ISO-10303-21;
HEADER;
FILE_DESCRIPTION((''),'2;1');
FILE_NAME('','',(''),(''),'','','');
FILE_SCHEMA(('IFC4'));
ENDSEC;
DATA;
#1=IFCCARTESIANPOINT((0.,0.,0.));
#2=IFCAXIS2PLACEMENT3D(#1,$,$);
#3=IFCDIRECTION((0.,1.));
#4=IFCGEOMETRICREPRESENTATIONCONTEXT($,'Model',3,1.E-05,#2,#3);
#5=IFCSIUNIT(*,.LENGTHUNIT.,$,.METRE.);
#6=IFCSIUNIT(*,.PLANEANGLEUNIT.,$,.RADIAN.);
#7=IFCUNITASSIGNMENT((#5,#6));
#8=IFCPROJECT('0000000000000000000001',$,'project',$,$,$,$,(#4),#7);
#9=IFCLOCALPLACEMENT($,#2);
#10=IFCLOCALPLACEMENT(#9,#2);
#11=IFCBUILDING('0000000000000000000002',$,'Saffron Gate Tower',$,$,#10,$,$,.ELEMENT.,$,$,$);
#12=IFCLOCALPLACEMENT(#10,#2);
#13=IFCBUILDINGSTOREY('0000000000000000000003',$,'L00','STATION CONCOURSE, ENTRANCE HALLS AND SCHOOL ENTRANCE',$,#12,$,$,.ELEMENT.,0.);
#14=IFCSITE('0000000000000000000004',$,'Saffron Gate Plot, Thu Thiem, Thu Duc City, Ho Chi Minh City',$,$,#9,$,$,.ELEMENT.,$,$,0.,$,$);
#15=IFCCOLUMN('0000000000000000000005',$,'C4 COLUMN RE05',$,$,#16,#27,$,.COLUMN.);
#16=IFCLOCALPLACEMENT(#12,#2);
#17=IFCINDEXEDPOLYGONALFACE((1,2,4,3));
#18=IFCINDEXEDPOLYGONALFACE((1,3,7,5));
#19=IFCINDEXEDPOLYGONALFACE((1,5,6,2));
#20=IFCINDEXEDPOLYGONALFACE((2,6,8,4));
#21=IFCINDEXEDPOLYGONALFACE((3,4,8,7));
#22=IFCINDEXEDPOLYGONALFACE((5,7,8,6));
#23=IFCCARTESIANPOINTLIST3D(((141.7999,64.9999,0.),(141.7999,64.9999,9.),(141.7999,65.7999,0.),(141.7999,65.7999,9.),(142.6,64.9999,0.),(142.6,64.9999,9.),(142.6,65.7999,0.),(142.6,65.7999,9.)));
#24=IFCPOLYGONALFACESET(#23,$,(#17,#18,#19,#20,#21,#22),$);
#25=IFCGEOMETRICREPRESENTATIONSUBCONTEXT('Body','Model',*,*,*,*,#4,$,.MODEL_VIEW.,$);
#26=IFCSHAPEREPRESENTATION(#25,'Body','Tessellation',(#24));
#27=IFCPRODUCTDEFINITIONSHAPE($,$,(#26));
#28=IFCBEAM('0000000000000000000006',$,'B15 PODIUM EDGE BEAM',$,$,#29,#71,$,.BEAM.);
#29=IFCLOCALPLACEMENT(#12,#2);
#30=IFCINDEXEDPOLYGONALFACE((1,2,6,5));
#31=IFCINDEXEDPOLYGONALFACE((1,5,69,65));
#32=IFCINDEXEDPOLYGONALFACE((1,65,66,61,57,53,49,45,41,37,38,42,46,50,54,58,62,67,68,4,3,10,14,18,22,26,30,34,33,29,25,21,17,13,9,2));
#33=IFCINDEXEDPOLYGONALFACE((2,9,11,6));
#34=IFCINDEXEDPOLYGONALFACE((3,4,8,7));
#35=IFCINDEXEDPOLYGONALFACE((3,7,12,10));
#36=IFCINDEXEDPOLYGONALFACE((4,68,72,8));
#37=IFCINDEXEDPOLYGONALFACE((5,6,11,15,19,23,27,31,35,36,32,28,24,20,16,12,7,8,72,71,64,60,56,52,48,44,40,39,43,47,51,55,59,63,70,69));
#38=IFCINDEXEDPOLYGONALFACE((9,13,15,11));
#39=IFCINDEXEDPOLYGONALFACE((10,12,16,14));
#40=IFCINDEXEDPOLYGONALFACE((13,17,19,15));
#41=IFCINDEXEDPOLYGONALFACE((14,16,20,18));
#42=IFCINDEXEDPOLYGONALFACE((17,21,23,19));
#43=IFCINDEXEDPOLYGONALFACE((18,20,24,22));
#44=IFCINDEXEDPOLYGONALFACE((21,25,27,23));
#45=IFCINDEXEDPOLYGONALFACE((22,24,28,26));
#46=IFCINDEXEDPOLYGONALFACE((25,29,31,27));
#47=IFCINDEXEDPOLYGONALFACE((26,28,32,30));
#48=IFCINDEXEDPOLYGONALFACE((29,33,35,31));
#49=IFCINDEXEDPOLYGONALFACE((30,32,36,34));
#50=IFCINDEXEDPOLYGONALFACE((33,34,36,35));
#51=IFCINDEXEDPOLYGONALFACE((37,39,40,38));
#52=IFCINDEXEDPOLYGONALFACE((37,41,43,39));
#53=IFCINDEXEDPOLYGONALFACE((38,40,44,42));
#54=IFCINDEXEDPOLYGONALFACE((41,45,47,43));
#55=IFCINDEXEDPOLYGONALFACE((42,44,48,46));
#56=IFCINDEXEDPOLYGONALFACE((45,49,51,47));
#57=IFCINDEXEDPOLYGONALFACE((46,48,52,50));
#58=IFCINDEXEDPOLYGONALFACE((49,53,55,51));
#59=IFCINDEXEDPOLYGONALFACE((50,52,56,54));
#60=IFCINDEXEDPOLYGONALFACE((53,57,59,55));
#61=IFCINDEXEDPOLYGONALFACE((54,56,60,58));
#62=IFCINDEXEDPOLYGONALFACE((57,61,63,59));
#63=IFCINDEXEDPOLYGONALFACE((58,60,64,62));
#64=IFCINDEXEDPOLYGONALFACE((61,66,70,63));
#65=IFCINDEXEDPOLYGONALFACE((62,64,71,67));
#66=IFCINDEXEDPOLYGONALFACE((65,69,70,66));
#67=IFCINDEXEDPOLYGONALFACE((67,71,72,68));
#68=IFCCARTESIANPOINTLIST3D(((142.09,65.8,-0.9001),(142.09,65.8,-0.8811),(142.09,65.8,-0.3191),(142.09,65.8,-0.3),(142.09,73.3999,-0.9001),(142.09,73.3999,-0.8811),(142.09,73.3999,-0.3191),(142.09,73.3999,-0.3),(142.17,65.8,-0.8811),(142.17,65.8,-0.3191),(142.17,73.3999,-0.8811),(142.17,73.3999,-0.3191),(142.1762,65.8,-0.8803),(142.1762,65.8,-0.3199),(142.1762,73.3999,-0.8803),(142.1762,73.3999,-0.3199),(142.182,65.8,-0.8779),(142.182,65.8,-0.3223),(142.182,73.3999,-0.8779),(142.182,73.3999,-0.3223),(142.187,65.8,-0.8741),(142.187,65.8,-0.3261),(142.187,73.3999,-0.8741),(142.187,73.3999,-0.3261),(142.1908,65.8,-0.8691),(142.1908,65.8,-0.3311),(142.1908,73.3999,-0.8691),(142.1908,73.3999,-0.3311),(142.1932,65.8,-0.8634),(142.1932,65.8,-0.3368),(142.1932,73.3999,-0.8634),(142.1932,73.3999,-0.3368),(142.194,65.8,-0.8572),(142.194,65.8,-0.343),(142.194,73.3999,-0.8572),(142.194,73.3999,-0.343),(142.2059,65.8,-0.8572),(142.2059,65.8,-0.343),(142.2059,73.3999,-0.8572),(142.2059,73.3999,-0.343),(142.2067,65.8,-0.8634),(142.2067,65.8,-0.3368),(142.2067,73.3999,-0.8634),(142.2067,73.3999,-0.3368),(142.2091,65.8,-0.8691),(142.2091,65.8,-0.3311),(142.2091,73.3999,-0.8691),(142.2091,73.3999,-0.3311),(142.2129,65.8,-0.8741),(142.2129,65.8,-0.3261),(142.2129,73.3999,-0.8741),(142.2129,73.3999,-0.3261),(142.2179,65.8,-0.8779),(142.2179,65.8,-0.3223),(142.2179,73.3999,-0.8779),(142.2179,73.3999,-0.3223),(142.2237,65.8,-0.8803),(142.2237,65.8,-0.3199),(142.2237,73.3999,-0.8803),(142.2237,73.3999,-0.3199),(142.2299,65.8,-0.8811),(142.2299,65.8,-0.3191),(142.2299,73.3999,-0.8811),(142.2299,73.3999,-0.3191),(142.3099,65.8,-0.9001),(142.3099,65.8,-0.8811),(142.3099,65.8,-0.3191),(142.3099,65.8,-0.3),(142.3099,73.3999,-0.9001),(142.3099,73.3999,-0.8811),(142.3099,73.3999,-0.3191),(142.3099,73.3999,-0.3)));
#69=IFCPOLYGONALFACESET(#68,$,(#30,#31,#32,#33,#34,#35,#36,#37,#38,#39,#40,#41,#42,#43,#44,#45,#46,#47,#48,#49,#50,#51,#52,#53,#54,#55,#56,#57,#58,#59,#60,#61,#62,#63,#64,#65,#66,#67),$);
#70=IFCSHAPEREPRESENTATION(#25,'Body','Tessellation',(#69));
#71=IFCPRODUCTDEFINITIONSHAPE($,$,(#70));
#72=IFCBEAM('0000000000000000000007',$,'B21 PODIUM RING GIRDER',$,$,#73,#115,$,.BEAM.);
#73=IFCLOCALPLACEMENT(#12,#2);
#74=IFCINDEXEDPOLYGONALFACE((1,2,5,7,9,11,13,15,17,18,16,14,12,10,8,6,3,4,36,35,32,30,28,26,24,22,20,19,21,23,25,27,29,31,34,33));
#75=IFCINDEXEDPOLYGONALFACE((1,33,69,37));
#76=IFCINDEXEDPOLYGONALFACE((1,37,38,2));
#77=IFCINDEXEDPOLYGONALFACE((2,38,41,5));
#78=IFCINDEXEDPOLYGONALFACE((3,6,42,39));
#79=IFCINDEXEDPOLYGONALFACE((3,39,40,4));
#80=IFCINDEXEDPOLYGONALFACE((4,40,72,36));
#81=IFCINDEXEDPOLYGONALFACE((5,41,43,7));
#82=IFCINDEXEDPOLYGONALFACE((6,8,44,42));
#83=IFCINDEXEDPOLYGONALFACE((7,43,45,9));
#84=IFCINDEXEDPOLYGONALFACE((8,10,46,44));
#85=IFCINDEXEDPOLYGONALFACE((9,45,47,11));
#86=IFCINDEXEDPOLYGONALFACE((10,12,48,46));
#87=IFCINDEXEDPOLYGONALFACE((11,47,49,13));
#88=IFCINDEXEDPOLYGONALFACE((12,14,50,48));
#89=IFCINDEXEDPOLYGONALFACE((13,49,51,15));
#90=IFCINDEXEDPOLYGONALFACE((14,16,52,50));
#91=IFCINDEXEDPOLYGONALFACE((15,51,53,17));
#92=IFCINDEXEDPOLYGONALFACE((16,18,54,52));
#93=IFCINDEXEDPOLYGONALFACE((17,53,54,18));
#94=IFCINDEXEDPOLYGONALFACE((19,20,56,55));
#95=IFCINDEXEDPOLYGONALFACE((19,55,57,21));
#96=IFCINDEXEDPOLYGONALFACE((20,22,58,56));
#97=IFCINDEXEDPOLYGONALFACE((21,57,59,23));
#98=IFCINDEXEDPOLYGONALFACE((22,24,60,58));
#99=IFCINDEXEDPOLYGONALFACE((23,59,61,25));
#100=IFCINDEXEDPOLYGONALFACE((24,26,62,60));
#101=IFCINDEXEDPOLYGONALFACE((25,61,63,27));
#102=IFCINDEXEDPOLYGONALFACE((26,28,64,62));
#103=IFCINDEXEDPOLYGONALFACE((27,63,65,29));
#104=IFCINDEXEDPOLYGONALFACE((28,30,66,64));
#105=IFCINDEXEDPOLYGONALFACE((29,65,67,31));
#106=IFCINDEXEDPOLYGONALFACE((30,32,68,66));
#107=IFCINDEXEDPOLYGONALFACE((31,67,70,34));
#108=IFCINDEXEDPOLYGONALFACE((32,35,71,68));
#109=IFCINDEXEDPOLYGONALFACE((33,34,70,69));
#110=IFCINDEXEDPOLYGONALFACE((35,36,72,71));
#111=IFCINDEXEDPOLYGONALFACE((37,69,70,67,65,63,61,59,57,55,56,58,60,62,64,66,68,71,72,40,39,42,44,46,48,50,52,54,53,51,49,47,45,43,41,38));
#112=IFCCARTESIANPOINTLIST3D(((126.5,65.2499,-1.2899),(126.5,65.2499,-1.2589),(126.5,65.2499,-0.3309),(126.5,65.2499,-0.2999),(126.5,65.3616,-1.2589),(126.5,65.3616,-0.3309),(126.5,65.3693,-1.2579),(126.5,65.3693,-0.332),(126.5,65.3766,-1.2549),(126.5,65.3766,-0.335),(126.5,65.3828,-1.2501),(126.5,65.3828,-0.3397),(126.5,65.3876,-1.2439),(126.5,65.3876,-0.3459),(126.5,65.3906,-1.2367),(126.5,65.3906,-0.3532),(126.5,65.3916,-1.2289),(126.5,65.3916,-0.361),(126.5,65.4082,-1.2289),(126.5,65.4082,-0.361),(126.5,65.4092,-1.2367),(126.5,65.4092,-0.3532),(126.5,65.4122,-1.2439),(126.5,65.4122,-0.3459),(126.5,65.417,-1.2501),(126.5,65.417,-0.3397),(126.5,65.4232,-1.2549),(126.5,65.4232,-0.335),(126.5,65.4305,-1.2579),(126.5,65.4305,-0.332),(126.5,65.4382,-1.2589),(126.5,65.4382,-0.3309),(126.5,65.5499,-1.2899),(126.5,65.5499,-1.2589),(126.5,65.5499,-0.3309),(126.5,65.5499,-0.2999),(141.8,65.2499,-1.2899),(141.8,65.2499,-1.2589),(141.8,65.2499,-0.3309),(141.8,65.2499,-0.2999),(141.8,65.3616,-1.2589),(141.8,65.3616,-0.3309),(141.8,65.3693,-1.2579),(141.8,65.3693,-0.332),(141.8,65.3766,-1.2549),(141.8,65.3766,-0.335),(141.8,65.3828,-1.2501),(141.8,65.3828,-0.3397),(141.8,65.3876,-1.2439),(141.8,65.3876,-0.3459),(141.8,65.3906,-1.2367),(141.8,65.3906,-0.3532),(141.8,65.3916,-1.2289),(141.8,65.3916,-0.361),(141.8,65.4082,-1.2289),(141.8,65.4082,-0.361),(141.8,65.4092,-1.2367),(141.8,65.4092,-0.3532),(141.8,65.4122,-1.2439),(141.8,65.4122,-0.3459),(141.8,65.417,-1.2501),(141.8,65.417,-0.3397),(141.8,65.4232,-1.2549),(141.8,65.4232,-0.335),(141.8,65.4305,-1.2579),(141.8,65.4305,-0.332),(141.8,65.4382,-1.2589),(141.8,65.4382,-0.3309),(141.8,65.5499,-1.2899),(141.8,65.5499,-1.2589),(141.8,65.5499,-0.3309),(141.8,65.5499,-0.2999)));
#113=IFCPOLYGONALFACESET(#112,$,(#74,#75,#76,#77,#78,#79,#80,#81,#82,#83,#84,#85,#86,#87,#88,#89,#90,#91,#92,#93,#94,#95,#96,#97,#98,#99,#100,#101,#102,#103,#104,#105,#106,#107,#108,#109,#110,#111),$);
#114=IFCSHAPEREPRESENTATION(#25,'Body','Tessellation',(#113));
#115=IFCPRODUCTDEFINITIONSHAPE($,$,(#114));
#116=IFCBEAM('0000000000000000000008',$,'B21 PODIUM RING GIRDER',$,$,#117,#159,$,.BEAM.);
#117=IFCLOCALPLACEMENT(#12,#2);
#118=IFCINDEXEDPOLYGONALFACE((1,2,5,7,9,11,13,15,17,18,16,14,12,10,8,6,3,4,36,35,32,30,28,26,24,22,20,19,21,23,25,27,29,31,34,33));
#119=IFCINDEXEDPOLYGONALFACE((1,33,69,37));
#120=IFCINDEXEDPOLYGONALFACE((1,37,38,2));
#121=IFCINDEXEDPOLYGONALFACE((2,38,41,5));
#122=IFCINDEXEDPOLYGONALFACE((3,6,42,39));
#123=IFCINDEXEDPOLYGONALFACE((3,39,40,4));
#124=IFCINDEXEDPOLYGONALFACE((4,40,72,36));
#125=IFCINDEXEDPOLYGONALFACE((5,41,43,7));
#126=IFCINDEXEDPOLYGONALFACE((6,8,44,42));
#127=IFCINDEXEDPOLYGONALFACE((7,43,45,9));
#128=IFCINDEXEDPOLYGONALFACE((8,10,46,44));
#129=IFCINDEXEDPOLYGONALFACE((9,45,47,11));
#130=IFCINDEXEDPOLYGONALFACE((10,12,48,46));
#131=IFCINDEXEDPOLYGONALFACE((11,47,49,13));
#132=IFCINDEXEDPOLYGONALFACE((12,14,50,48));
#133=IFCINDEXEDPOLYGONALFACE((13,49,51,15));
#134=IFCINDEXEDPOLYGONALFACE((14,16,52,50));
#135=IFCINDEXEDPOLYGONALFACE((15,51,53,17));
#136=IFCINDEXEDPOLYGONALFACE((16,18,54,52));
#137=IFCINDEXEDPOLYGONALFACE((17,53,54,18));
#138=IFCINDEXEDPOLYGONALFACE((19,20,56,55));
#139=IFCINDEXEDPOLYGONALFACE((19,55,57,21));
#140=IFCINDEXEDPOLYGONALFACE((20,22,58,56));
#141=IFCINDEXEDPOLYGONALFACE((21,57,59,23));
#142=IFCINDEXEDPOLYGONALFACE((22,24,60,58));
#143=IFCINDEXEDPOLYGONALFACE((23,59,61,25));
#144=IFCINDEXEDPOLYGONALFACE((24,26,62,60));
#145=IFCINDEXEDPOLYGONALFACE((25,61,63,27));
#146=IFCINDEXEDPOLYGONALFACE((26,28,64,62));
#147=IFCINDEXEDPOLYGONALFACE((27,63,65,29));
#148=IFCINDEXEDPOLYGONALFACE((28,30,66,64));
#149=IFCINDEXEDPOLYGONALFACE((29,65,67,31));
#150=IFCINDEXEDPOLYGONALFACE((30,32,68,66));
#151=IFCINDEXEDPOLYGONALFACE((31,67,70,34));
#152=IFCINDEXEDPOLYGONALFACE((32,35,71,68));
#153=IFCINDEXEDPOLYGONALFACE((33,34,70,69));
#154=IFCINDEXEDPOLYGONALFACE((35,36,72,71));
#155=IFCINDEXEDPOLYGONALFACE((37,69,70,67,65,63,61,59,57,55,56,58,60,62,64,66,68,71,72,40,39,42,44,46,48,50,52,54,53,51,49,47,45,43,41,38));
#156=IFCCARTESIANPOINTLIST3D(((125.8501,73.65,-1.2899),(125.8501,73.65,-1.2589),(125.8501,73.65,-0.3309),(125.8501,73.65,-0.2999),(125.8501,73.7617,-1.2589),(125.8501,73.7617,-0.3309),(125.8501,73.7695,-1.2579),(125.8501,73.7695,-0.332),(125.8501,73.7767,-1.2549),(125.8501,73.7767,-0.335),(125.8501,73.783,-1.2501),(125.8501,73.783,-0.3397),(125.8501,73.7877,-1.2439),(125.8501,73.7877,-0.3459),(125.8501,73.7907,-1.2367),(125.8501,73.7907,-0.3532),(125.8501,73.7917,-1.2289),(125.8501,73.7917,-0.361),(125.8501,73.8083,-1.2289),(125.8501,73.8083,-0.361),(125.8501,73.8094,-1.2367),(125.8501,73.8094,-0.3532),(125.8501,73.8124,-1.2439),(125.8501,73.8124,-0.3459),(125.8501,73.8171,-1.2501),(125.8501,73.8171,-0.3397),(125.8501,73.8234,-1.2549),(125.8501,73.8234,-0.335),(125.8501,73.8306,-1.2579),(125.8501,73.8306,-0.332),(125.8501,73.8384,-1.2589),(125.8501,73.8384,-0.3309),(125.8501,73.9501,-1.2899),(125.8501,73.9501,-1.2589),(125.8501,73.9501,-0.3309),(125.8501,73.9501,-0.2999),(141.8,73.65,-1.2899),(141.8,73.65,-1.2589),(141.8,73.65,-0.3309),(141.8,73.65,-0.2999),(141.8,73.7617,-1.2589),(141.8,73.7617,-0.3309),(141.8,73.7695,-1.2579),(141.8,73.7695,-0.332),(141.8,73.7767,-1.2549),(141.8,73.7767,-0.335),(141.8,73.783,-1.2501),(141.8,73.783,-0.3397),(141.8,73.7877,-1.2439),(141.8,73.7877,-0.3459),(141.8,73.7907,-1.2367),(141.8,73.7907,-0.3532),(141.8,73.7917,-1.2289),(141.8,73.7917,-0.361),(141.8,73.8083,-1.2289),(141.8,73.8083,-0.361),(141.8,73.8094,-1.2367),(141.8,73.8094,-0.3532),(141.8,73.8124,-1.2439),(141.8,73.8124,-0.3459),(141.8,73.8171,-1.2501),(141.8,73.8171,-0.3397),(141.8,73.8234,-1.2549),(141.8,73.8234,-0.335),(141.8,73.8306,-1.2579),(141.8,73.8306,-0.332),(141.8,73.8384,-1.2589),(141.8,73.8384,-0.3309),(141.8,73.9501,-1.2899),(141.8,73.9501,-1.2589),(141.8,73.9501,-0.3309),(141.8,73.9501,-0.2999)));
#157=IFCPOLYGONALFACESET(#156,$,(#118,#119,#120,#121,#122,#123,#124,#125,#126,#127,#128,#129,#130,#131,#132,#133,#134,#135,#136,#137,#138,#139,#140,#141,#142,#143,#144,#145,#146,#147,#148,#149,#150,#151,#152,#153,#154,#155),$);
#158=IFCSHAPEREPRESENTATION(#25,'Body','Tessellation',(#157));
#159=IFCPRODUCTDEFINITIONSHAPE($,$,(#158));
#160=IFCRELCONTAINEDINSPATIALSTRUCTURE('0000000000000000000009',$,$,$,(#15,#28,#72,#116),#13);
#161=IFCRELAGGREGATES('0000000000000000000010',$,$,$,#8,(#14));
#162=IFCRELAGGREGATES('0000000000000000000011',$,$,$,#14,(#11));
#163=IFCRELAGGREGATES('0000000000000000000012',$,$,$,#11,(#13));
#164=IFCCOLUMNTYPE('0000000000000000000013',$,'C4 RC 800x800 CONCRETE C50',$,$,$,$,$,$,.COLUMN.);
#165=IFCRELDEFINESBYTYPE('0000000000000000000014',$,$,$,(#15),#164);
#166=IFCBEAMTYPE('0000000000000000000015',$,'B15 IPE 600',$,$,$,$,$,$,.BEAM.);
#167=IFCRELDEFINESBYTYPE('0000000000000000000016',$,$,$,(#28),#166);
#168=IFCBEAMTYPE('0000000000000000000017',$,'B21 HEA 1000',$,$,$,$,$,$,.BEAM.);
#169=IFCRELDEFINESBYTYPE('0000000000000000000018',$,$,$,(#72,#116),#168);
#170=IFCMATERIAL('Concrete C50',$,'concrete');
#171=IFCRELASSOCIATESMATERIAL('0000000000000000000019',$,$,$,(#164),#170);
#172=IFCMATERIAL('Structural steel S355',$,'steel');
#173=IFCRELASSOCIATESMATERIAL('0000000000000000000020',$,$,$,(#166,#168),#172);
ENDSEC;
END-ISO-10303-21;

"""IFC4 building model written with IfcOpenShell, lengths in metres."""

from ifc_helpers import new_model, si_unit, direction, frame, origin, origin_2d, place, context, subcontext, project, spatial, rectangle, i_section, extrude, material, material_profile, profile_set, type_object, element, save


model = new_model("IFC4")

# Units and contexts
model_context = context("Model", 3, precision=1e-05, world=origin(), true_north=direction((0.0, 1.0)))
body_context = subcontext(model_context, "Body", "Model", "MODEL_VIEW")
ifc_project = project(units=[si_unit("LENGTHUNIT", "METRE"), si_unit("PLANEANGLEUNIT", "RADIAN")], contexts=[model_context])

# Site, building, storey
site_placement = place(None, origin())
site = spatial("IfcSite", under=ifc_project, at=site_placement, Name="Saffron Gate Plot, Thu Thiem, Thu Duc City, Ho Chi Minh City", CompositionType="ELEMENT", RefElevation=0.0)
building_placement = place(site_placement, origin())
building = spatial("IfcBuilding", under=site, at=building_placement, Name="Saffron Gate Tower", CompositionType="ELEMENT")
storey_placement = place(building_placement, origin())
storey = spatial("IfcBuildingStorey", under=building, at=storey_placement, Name="L00", Description="STATION CONCOURSE, ENTRANCE HALLS AND SCHOOL ENTRANCE", CompositionType="ELEMENT", Elevation=0.0)

# Column
ifc_material_1 = material(Name="Concrete C50", Category="concrete")
ifc_material_profile_1 = material_profile(ifc_material_1, rectangle(XDim=0.8, YDim=0.8, at=origin_2d()))
ifc_profile_set_1 = profile_set([ifc_material_profile_1], Name="Concrete C50")
column_type = type_object("IfcColumnType", Name="C4 RC 800x800 CONCRETE C50", PredefinedType="COLUMN", material=ifc_profile_set_1)
column_placement = place(storey_placement, frame((142.2, 65.3999, 0.0), z_axis=(0.0, 0.0, 1.0), x_axis=(1.0, 0.0, 0.0)))
element("IfcColumn", 1, at=column_placement, inside=storey, type_object=column_type, Name="C4 COLUMN RE05", PredefinedType="COLUMN", context=body_context, shape_type="SweptSolid", body=[
    extrude(rectangle(XDim=0.8, YDim=0.8, at=origin_2d()), origin(), (0.0, 0.0, 1.0), 9.0),
])

# Beams
ifc_material_2 = material(Name="Structural steel S355", Category="steel")
ifc_material_profile_2 = material_profile(ifc_material_2, i_section(OverallWidth=0.22, OverallDepth=0.6001, WebThickness=0.012, FlangeThickness=0.019, FilletRadius=0.0239, at=origin_2d()))
ifc_profile_set_2 = profile_set([ifc_material_profile_2], Name="Structural steel S355")
beam_type_1 = type_object("IfcBeamType", Name="B15 IPE 600", PredefinedType="BEAM", material=ifc_profile_set_2)
beam_1_placement = place(storey_placement, frame((142.2, 65.8, -0.6001), z_axis=(0.0, 1.0, 0.0), x_axis=(-1.0, 0.0, 0.0)))
element("IfcBeam", 2, at=beam_1_placement, inside=storey, type_object=beam_type_1, Name="B15 PODIUM EDGE BEAM", PredefinedType="BEAM", context=body_context, shape_type="SweptSolid", body=[
    extrude(i_section(OverallWidth=0.22, OverallDepth=0.6001, WebThickness=0.012, FlangeThickness=0.019, FilletRadius=0.0239, at=origin_2d()), origin(), (0.0, 0.0, 1.0), 7.5999),
])
ifc_material_profile_3 = material_profile(ifc_material_2, i_section(OverallWidth=0.3, OverallDepth=0.99, WebThickness=0.0166, FlangeThickness=0.031, FilletRadius=0.03, at=origin_2d()))
ifc_profile_set_3 = profile_set([ifc_material_profile_3], Name="Structural steel S355")
beam_type_2 = type_object("IfcBeamType", Name="B21 HEA 1000", PredefinedType="BEAM", material=ifc_profile_set_3)
beam_2_placement = place(storey_placement, frame((141.8, 65.3999, -0.7949), z_axis=(-1.0, 0.0, 0.0), x_axis=(0.0, -1.0, 0.0)))
element("IfcBeam", 3, at=beam_2_placement, inside=storey, type_object=beam_type_2, Name="B21 PODIUM RING GIRDER", PredefinedType="BEAM", context=body_context, shape_type="SweptSolid", body=[
    extrude(i_section(OverallWidth=0.3, OverallDepth=0.99, WebThickness=0.0166, FlangeThickness=0.031, FilletRadius=0.03, at=origin_2d()), origin(), (0.0, 0.0, 1.0), 15.3),
])
beam_3_placement = place(storey_placement, frame((141.8, 73.8, -0.7949), z_axis=(-1.0, 0.0, 0.0), x_axis=(0.0, -1.0, 0.0)))
element("IfcBeam", 4, at=beam_3_placement, inside=storey, type_object=beam_type_2, Name="B21 PODIUM RING GIRDER", PredefinedType="BEAM", context=body_context, shape_type="SweptSolid", body=[
    extrude(i_section(OverallWidth=0.3, OverallDepth=0.99, WebThickness=0.0166, FlangeThickness=0.031, FilletRadius=0.03, at=origin_2d()), origin(), (0.0, 0.0, 1.0), 15.95),
])

save(model, "model.ifc")
